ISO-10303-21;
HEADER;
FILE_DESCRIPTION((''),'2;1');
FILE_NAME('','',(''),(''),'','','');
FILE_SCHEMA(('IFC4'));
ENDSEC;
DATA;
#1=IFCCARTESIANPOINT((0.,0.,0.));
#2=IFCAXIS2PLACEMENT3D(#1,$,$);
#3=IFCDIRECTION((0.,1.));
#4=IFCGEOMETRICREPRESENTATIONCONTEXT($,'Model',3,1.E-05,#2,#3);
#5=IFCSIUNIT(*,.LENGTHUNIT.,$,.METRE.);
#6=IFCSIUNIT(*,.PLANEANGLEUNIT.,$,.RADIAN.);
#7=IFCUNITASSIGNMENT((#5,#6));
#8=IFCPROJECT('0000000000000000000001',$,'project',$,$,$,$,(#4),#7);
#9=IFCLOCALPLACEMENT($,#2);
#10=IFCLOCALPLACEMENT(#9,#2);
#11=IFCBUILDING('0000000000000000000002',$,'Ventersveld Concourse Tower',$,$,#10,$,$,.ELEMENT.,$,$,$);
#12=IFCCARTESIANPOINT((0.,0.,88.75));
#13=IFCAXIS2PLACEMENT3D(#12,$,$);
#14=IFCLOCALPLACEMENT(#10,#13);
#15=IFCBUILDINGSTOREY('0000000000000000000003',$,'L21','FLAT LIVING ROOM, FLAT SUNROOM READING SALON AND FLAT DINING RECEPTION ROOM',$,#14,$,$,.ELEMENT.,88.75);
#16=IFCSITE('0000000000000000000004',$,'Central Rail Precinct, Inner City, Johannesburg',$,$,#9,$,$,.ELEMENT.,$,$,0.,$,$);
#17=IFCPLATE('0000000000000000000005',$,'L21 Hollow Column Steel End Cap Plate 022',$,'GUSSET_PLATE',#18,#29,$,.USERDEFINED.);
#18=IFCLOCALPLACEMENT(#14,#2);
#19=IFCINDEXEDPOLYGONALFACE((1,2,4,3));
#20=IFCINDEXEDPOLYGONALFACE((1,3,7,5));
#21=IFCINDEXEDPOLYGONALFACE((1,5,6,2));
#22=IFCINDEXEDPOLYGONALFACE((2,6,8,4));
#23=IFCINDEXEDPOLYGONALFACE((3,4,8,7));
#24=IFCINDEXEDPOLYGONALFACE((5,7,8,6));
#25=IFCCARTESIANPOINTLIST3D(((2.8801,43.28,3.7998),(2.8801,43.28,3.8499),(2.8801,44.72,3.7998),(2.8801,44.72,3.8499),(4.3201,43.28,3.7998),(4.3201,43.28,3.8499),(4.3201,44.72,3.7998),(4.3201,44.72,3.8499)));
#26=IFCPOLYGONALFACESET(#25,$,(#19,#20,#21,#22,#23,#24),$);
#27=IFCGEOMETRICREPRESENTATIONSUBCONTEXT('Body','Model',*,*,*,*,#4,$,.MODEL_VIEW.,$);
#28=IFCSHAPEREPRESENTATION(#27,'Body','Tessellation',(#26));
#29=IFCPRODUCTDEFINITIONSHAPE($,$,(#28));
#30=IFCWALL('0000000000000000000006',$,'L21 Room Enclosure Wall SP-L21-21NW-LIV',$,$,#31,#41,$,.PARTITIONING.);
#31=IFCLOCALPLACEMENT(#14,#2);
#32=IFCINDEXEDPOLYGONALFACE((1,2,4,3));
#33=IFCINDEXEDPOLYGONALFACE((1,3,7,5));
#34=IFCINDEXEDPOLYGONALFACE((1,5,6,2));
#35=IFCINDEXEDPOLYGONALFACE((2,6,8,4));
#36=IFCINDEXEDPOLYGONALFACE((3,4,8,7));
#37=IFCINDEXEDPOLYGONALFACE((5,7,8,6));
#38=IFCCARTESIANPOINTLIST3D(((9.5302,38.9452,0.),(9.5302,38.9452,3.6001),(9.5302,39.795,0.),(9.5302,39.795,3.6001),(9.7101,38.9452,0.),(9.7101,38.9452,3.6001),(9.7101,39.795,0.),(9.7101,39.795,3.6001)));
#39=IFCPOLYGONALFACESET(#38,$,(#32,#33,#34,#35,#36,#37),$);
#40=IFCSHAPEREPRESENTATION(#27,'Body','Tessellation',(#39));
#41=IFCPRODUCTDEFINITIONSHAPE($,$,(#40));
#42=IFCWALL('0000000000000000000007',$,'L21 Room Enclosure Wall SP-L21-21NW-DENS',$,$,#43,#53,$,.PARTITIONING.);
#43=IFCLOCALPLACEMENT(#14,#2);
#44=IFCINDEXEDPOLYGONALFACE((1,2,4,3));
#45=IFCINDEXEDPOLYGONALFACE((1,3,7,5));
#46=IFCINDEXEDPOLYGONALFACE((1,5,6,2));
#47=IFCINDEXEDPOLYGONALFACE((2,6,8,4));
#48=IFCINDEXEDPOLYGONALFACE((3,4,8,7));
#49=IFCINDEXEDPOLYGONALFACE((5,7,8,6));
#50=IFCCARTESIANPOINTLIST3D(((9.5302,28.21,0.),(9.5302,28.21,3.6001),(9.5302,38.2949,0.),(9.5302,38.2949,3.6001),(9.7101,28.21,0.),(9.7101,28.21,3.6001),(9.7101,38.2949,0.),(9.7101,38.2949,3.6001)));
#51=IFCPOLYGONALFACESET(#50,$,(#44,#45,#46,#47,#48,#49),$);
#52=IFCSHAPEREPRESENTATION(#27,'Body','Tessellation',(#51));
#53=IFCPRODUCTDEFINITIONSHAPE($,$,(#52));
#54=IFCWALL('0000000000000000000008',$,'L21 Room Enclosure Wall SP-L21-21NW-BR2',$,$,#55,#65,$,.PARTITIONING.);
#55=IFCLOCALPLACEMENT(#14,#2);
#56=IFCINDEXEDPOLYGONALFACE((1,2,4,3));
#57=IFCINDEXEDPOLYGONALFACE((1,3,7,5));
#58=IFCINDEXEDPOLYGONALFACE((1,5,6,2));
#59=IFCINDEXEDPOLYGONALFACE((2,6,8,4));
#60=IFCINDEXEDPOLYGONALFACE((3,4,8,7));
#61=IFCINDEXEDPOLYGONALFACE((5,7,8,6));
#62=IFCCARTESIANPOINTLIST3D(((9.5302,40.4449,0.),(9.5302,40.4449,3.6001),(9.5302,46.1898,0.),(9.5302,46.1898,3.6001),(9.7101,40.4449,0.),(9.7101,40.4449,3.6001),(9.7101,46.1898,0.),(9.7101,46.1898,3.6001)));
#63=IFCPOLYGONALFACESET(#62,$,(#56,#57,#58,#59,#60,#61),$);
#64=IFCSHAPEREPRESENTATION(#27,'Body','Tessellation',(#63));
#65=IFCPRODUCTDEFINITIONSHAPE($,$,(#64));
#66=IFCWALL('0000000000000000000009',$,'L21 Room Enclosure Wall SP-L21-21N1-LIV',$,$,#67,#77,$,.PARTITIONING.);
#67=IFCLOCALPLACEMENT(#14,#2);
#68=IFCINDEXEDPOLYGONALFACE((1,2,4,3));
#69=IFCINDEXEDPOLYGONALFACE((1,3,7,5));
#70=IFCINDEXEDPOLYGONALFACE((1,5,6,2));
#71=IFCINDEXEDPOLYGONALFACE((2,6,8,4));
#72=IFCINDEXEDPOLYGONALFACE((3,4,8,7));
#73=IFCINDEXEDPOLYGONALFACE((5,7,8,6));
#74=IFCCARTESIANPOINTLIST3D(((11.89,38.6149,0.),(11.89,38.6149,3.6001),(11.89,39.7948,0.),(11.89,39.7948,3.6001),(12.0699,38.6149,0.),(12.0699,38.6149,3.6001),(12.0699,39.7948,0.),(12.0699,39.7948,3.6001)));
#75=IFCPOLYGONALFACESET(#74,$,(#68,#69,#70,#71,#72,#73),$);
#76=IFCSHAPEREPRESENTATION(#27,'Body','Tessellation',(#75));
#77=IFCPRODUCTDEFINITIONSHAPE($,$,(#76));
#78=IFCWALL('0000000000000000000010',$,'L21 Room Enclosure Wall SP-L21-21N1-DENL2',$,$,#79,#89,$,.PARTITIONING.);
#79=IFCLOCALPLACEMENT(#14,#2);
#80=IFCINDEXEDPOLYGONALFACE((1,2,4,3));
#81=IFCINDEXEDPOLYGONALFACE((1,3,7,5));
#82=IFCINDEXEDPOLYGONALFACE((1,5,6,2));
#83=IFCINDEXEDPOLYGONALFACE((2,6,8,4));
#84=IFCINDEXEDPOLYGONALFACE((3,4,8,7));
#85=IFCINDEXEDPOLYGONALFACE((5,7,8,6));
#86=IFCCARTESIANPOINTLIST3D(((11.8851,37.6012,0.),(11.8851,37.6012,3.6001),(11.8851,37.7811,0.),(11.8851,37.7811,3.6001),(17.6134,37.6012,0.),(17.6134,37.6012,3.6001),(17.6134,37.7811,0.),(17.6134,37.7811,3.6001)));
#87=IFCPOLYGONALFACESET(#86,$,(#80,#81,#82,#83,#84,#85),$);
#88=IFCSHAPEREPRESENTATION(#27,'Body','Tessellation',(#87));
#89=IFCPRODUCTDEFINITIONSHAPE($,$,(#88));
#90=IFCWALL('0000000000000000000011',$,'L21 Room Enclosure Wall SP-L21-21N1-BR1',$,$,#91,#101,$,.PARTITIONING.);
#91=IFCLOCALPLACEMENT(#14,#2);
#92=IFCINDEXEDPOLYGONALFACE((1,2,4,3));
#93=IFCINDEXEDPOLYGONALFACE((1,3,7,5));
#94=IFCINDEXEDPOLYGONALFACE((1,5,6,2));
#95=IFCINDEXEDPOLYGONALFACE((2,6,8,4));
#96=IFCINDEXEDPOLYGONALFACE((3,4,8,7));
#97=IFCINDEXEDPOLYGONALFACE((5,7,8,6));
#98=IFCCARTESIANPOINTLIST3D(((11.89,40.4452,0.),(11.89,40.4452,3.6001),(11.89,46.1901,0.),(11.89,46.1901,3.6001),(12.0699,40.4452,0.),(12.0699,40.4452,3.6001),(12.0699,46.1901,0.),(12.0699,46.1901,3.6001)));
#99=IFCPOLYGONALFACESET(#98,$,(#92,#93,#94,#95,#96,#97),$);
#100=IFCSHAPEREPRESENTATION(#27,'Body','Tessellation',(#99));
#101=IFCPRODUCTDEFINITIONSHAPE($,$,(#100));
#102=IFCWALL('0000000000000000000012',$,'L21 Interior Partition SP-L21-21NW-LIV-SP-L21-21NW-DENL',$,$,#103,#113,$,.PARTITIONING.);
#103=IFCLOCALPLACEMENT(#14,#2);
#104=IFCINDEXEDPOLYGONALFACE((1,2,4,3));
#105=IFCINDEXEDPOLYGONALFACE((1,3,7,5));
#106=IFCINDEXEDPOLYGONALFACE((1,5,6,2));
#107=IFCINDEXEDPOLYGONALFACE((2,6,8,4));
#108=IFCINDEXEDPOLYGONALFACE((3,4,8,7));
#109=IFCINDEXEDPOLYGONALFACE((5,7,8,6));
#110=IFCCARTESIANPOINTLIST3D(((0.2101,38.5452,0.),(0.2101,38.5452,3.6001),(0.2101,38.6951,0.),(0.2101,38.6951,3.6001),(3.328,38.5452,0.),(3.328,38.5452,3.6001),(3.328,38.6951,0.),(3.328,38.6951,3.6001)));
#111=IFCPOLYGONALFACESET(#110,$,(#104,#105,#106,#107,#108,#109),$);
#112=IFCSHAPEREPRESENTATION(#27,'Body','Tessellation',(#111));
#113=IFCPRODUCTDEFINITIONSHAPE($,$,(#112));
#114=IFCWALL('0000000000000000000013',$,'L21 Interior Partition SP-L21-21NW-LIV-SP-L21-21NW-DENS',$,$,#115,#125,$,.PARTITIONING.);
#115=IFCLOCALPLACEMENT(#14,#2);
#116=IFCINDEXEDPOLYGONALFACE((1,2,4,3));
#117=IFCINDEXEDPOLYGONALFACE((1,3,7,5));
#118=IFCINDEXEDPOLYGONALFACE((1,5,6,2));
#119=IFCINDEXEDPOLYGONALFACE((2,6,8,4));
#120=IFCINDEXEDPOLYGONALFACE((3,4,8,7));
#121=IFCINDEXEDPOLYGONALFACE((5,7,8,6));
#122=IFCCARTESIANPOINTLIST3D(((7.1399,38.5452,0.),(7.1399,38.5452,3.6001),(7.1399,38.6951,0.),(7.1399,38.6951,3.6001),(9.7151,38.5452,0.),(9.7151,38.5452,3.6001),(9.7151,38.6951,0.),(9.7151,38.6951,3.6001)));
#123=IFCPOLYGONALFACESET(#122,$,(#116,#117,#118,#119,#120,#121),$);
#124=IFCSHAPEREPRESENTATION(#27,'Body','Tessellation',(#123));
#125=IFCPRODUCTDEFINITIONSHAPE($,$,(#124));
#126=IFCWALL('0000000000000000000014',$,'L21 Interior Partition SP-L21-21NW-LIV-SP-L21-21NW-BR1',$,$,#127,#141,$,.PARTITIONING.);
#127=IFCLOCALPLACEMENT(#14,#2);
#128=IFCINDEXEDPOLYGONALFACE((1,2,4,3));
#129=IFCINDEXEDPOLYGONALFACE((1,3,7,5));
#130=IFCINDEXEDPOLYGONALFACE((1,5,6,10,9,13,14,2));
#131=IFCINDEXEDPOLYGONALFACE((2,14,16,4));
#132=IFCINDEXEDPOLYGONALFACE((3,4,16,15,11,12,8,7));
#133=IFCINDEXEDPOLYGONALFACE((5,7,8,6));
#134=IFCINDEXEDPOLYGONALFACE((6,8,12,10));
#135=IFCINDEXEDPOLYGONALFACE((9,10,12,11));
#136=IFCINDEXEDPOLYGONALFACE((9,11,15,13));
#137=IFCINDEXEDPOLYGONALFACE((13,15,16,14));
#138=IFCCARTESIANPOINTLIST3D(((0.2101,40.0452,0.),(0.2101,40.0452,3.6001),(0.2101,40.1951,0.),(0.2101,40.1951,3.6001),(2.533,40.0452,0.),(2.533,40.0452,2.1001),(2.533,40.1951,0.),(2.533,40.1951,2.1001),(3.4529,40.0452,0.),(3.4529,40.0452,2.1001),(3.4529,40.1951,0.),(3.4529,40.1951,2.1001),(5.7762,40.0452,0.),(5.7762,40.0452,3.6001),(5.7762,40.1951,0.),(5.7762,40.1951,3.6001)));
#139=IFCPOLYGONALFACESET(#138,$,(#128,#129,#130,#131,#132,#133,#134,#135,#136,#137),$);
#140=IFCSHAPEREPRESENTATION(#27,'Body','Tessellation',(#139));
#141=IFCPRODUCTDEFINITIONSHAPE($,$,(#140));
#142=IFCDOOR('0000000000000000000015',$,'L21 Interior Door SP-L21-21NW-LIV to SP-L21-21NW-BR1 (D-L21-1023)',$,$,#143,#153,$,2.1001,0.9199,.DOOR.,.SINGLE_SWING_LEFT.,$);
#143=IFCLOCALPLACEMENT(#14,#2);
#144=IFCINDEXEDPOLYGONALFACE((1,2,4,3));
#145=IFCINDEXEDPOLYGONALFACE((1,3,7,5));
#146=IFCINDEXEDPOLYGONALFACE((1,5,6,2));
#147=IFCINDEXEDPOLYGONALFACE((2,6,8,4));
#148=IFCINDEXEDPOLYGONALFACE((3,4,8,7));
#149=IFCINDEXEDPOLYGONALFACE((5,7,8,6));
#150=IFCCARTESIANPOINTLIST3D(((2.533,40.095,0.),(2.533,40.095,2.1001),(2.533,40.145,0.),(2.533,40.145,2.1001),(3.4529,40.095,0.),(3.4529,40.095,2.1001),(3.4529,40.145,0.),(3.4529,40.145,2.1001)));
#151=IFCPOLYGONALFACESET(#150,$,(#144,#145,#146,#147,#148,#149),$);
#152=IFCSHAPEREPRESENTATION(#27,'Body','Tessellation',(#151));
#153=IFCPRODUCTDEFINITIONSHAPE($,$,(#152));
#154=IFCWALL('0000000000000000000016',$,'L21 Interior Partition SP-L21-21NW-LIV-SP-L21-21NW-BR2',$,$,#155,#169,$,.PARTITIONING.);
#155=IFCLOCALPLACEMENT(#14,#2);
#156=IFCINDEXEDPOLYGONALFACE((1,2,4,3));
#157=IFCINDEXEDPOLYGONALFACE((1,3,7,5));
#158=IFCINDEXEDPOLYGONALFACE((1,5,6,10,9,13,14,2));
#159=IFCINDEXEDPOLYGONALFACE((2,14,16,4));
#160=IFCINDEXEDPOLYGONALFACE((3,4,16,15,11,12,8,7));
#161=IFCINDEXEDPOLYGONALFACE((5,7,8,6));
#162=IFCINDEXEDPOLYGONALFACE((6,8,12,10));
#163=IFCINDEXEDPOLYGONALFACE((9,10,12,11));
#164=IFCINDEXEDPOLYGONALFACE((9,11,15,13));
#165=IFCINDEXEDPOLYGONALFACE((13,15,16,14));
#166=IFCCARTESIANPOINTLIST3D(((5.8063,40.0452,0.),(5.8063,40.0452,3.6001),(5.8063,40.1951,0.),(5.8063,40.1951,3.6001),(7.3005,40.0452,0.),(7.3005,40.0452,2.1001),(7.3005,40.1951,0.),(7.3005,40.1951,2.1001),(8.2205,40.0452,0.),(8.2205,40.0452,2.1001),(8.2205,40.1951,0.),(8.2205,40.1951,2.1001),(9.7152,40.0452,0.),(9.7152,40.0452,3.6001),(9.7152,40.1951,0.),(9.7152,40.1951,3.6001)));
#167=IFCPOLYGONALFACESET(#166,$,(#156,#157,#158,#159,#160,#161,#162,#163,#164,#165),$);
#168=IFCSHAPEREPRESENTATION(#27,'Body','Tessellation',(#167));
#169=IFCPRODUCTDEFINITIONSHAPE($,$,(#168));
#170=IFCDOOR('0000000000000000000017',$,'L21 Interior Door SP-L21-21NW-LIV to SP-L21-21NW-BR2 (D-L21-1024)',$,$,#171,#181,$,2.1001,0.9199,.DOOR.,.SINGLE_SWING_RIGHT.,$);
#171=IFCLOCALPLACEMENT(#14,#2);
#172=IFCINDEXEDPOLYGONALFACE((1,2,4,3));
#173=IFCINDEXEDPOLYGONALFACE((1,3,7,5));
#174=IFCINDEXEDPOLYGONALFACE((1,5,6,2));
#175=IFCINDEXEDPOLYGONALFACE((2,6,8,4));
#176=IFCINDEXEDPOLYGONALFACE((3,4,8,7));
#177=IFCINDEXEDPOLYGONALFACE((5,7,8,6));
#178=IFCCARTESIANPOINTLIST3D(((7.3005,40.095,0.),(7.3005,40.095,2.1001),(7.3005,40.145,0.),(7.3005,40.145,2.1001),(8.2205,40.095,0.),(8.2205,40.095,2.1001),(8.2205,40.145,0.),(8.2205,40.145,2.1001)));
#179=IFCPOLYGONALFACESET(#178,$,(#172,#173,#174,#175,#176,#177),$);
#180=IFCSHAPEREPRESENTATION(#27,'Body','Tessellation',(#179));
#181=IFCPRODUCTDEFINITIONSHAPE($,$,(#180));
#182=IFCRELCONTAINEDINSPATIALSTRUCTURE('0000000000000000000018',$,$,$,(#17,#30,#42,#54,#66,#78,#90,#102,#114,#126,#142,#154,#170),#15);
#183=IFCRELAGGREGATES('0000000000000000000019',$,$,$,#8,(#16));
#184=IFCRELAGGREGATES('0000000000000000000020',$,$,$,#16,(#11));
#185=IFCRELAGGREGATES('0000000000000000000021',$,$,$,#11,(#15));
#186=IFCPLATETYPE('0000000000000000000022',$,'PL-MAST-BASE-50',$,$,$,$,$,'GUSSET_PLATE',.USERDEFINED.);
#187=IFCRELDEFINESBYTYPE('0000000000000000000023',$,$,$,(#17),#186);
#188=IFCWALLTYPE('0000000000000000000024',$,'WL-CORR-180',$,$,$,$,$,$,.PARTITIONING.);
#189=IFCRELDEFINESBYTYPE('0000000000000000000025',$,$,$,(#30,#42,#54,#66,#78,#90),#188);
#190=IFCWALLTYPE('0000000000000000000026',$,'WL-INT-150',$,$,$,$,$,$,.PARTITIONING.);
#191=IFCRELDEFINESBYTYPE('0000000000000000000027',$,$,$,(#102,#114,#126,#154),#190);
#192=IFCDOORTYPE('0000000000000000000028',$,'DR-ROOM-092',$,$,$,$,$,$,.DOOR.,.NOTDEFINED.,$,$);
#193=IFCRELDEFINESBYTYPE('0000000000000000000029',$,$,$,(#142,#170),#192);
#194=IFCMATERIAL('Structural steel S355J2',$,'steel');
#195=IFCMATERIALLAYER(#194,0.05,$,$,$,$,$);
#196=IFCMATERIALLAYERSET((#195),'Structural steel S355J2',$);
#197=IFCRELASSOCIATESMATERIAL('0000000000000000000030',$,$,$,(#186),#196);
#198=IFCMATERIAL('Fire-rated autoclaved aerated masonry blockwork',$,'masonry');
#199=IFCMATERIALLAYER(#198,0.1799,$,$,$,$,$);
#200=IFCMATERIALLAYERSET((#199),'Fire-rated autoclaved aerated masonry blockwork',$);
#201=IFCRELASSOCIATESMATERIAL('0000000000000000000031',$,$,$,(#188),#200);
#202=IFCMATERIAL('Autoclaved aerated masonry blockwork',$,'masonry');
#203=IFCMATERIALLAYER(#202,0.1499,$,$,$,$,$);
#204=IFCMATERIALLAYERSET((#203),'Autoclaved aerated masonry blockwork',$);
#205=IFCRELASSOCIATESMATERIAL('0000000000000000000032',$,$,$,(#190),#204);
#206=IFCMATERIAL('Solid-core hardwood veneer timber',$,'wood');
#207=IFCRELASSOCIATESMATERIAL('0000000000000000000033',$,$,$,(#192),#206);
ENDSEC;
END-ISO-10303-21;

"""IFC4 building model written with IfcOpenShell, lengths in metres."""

from ifc_helpers import new_model, si_unit, direction, frame, frame_2d, origin, origin_2d, place, context, subcontext, project, spatial, rectangle, extrude, material, layer, layer_set, type_object, element, fill, save


model = new_model("IFC4")

# Units and contexts
model_context = context("Model", 3, precision=1e-05, world=origin(), true_north=direction((0.0, 1.0)))
body_context = subcontext(model_context, "Body", "Model", "MODEL_VIEW")
ifc_project = project(units=[si_unit("LENGTHUNIT", "METRE"), si_unit("PLANEANGLEUNIT", "RADIAN")], contexts=[model_context])

# Site, building, storey
site_placement = place(None, origin())
site = spatial("IfcSite", under=ifc_project, at=site_placement, Name="Central Rail Precinct, Inner City, Johannesburg", CompositionType="ELEMENT", RefElevation=0.0)
building_placement = place(site_placement, origin())
building = spatial("IfcBuilding", under=site, at=building_placement, Name="Ventersveld Concourse Tower", CompositionType="ELEMENT")
storey_placement = place(building_placement, frame((0.0, 0.0, 88.75)))
storey = spatial("IfcBuildingStorey", under=building, at=storey_placement, Name="L21", Description="FLAT LIVING ROOM, FLAT SUNROOM READING SALON AND FLAT DINING RECEPTION ROOM", CompositionType="ELEMENT", Elevation=88.75)

# Shared definitions
ifc_material_1 = material(Name="Structural steel S355J2", Category="steel")

# Plate
ifc_layer_1 = layer(ifc_material_1, 0.05)
ifc_layer_set_1 = layer_set([ifc_layer_1], Name="Structural steel S355J2")
plate_type = type_object("IfcPlateType", Name="PL-MAST-BASE-50", ElementType="GUSSET_PLATE", PredefinedType="USERDEFINED", material=ifc_layer_set_1)
plate_placement = place(storey_placement, frame((3.6001, 44.0, 3.7998), z_axis=(0.0, 0.0, 1.0), x_axis=(1.0, 0.0, 0.0)))
element("IfcPlate", 1, at=plate_placement, inside=storey, type_object=plate_type, Name="L21 Hollow Column Steel End Cap Plate 022", ObjectType="GUSSET_PLATE", PredefinedType="USERDEFINED", context=body_context, shape_type="SweptSolid", body=[
    extrude(rectangle(XDim=1.4399, YDim=1.4399, at=origin_2d()), origin(), (0.0, 0.0, 1.0), 0.05),
])

# Walls
ifc_material_2 = material(Name="Fire-rated autoclaved aerated masonry blockwork", Category="masonry")
ifc_layer_2 = layer(ifc_material_2, 0.1799)
ifc_layer_set_2 = layer_set([ifc_layer_2], Name="Fire-rated autoclaved aerated masonry blockwork")
wall_type_1 = type_object("IfcWallType", Name="WL-CORR-180", PredefinedType="PARTITIONING", material=ifc_layer_set_2)
wall_1_placement = place(storey_placement, frame((9.6201, 39.7949, 0.0), z_axis=(0.0, 0.0, 1.0), x_axis=(0.0, -1.0, 0.0)))
element("IfcWall", 2, at=wall_1_placement, inside=storey, type_object=wall_type_1, Name="L21 Room Enclosure Wall SP-L21-21NW-LIV", PredefinedType="PARTITIONING", context=body_context, shape_type="SweptSolid", body=[
    extrude(rectangle(XDim=0.8499, YDim=0.1799, at=frame_2d((0.4248, 0.0))), origin(), (0.0, 0.0, 1.0), 3.6001),
])
wall_2_placement = place(storey_placement, frame((9.6201, 38.2949, 0.0), z_axis=(0.0, 0.0, 1.0), x_axis=(0.0, -1.0, 0.0)))
element("IfcWall", 3, at=wall_2_placement, inside=storey, type_object=wall_type_1, Name="L21 Room Enclosure Wall SP-L21-21NW-DENS", PredefinedType="PARTITIONING", context=body_context, shape_type="SweptSolid", body=[
    extrude(rectangle(XDim=10.085, YDim=0.1799, at=frame_2d((5.0425, 0.0))), origin(), (0.0, 0.0, 1.0), 3.6001),
])
wall_3_placement = place(storey_placement, frame((9.6201, 46.1899, 0.0), z_axis=(0.0, 0.0, 1.0), x_axis=(0.0, -1.0, 0.0)))
element("IfcWall", 4, at=wall_3_placement, inside=storey, type_object=wall_type_1, Name="L21 Room Enclosure Wall SP-L21-21NW-BR2", PredefinedType="PARTITIONING", context=body_context, shape_type="SweptSolid", body=[
    extrude(rectangle(XDim=5.7449, YDim=0.1799, at=frame_2d((2.8726, 0.0))), origin(), (0.0, 0.0, 1.0), 3.6001),
])
wall_4_placement = place(storey_placement, frame((11.98, 38.615, 0.0), z_axis=(0.0, 0.0, 1.0), x_axis=(0.0, 1.0, 0.0)))
element("IfcWall", 5, at=wall_4_placement, inside=storey, type_object=wall_type_1, Name="L21 Room Enclosure Wall SP-L21-21N1-LIV", PredefinedType="PARTITIONING", context=body_context, shape_type="SweptSolid", body=[
    extrude(rectangle(XDim=1.1799, YDim=0.1799, at=frame_2d((0.5898, 0.0))), origin(), (0.0, 0.0, 1.0), 3.6001),
])
wall_5_placement = place(storey_placement, frame((11.885, 37.6912, 0.0), z_axis=(0.0, 0.0, 1.0), x_axis=(1.0, 0.0, 0.0)))
element("IfcWall", 6, at=wall_5_placement, inside=storey, type_object=wall_type_1, Name="L21 Room Enclosure Wall SP-L21-21N1-DENL2", PredefinedType="PARTITIONING", context=body_context, shape_type="SweptSolid", body=[
    extrude(rectangle(XDim=5.7283, YDim=0.1799, at=frame_2d((2.8643, 0.0))), origin(), (0.0, 0.0, 1.0), 3.6001),
])
wall_6_placement = place(storey_placement, frame((11.98, 40.4451, 0.0), z_axis=(0.0, 0.0, 1.0), x_axis=(0.0, 1.0, 0.0)))
element("IfcWall", 7, at=wall_6_placement, inside=storey, type_object=wall_type_1, Name="L21 Room Enclosure Wall SP-L21-21N1-BR1", PredefinedType="PARTITIONING", context=body_context, shape_type="SweptSolid", body=[
    extrude(rectangle(XDim=5.7449, YDim=0.1799, at=frame_2d((2.8726, 0.0))), origin(), (0.0, 0.0, 1.0), 3.6001),
])
ifc_material_3 = material(Name="Autoclaved aerated masonry blockwork", Category="masonry")
ifc_layer_3 = layer(ifc_material_3, 0.1499)
ifc_layer_set_3 = layer_set([ifc_layer_3], Name="Autoclaved aerated masonry blockwork")
wall_type_2 = type_object("IfcWallType", Name="WL-INT-150", PredefinedType="PARTITIONING", material=ifc_layer_set_3)
wall_7_placement = place(storey_placement, frame((0.21, 38.6201, 0.0), z_axis=(0.0, 0.0, 1.0), x_axis=(1.0, 0.0, 0.0)))
element("IfcWall", 8, at=wall_7_placement, inside=storey, type_object=wall_type_2, Name="L21 Interior Partition SP-L21-21NW-LIV-SP-L21-21NW-DENL", PredefinedType="PARTITIONING", context=body_context, shape_type="SweptSolid", body=[
    extrude(rectangle(XDim=3.1179, YDim=0.1499, at=frame_2d((1.5591, 0.0))), origin(), (0.0, 0.0, 1.0), 3.6001),
])
wall_8_placement = place(storey_placement, frame((7.1399, 38.6201, 0.0), z_axis=(0.0, 0.0, 1.0), x_axis=(1.0, 0.0, 0.0)))
element("IfcWall", 9, at=wall_8_placement, inside=storey, type_object=wall_type_2, Name="L21 Interior Partition SP-L21-21NW-LIV-SP-L21-21NW-DENS", PredefinedType="PARTITIONING", context=body_context, shape_type="SweptSolid", body=[
    extrude(rectangle(XDim=2.5752, YDim=0.1499, at=frame_2d((1.2876, 0.0))), origin(), (0.0, 0.0, 1.0), 3.6001),
])

# Walls, openings, doors
wall_9_placement = place(storey_placement, frame((0.21, 40.1201, 0.0), z_axis=(0.0, 0.0, 1.0), x_axis=(1.0, 0.0, 0.0)))
wall_9 = element("IfcWall", 10, at=wall_9_placement, inside=storey, type_object=wall_type_2, Name="L21 Interior Partition SP-L21-21NW-LIV-SP-L21-21NW-BR1", PredefinedType="PARTITIONING", context=body_context, shape_type="SweptSolid", body=[
    extrude(rectangle(XDim=5.5662, YDim=0.1499, at=frame_2d((2.7832, 0.0))), origin(), (0.0, 0.0, 1.0), 3.6001),
])
opening_1_placement = place(wall_9_placement, frame((2.323, 0.0, 0.0)))
opening_1 = element("IfcOpeningElement", 11, at=opening_1_placement, cuts=wall_9, PredefinedType="OPENING", context=body_context, shape_type="SweptSolid", body=[
    extrude(rectangle(XDim=0.9199, YDim=2.1001, at=frame_2d((0.46, 1.05))), frame((0.0, 0.085, 0.0), z_axis=(0.0, -1.0, 0.0), x_axis=(1.0, 0.0, 0.0)), (0.0, 0.0, 1.0), 0.1699),
])
ifc_material_4 = material(Name="Solid-core hardwood veneer timber", Category="wood")
door_type = type_object("IfcDoorType", Name="DR-ROOM-092", OperationType="NOTDEFINED", PredefinedType="DOOR", material=ifc_material_4)
door_1_placement = place(opening_1_placement, origin())
door_1 = element("IfcDoor", 12, at=door_1_placement, inside=storey, type_object=door_type, Name="L21 Interior Door SP-L21-21NW-LIV to SP-L21-21NW-BR1 (D-L21-1023)", OperationType="SINGLE_SWING_LEFT", OverallHeight=2.1001, OverallWidth=0.9199, PredefinedType="DOOR", context=body_context, shape_type="SweptSolid", body=[
    extrude(rectangle(XDim=0.9199, YDim=2.1001, at=frame_2d((0.46, 1.05))), frame((0.0, 0.0249, 0.0), z_axis=(0.0, -1.0, 0.0), x_axis=(1.0, 0.0, 0.0)), (0.0, 0.0, 1.0), 0.05),
])
fill(opening_1, door_1)
wall_10_placement = place(storey_placement, frame((5.8062, 40.1201, 0.0), z_axis=(0.0, 0.0, 1.0), x_axis=(1.0, 0.0, 0.0)))
wall_10 = element("IfcWall", 13, at=wall_10_placement, inside=storey, type_object=wall_type_2, Name="L21 Interior Partition SP-L21-21NW-LIV-SP-L21-21NW-BR2", PredefinedType="PARTITIONING", context=body_context, shape_type="SweptSolid", body=[
    extrude(rectangle(XDim=3.9089, YDim=0.1499, at=frame_2d((1.9546, 0.0))), origin(), (0.0, 0.0, 1.0), 3.6001),
])
opening_2_placement = place(wall_10_placement, frame((1.4944, 0.0, 0.0)))
opening_2 = element("IfcOpeningElement", 14, at=opening_2_placement, cuts=wall_10, PredefinedType="OPENING", context=body_context, shape_type="SweptSolid", body=[
    extrude(rectangle(XDim=0.9199, YDim=2.1001, at=frame_2d((0.46, 1.05))), frame((0.0, 0.085, 0.0), z_axis=(0.0, -1.0, 0.0), x_axis=(1.0, 0.0, 0.0)), (0.0, 0.0, 1.0), 0.1699),
])
door_2_placement = place(opening_2_placement, origin())
door_2 = element("IfcDoor", 15, at=door_2_placement, inside=storey, type_object=door_type, Name="L21 Interior Door SP-L21-21NW-LIV to SP-L21-21NW-BR2 (D-L21-1024)", OperationType="SINGLE_SWING_RIGHT", OverallHeight=2.1001, OverallWidth=0.9199, PredefinedType="DOOR", context=body_context, shape_type="SweptSolid", body=[
    extrude(rectangle(XDim=0.9199, YDim=2.1001, at=frame_2d((0.46, 1.05))), frame((0.0, 0.0249, 0.0), z_axis=(0.0, -1.0, 0.0), x_axis=(1.0, 0.0, 0.0)), (0.0, 0.0, 1.0), 0.05),
])
fill(opening_2, door_2)

save(model, "model.ifc")
